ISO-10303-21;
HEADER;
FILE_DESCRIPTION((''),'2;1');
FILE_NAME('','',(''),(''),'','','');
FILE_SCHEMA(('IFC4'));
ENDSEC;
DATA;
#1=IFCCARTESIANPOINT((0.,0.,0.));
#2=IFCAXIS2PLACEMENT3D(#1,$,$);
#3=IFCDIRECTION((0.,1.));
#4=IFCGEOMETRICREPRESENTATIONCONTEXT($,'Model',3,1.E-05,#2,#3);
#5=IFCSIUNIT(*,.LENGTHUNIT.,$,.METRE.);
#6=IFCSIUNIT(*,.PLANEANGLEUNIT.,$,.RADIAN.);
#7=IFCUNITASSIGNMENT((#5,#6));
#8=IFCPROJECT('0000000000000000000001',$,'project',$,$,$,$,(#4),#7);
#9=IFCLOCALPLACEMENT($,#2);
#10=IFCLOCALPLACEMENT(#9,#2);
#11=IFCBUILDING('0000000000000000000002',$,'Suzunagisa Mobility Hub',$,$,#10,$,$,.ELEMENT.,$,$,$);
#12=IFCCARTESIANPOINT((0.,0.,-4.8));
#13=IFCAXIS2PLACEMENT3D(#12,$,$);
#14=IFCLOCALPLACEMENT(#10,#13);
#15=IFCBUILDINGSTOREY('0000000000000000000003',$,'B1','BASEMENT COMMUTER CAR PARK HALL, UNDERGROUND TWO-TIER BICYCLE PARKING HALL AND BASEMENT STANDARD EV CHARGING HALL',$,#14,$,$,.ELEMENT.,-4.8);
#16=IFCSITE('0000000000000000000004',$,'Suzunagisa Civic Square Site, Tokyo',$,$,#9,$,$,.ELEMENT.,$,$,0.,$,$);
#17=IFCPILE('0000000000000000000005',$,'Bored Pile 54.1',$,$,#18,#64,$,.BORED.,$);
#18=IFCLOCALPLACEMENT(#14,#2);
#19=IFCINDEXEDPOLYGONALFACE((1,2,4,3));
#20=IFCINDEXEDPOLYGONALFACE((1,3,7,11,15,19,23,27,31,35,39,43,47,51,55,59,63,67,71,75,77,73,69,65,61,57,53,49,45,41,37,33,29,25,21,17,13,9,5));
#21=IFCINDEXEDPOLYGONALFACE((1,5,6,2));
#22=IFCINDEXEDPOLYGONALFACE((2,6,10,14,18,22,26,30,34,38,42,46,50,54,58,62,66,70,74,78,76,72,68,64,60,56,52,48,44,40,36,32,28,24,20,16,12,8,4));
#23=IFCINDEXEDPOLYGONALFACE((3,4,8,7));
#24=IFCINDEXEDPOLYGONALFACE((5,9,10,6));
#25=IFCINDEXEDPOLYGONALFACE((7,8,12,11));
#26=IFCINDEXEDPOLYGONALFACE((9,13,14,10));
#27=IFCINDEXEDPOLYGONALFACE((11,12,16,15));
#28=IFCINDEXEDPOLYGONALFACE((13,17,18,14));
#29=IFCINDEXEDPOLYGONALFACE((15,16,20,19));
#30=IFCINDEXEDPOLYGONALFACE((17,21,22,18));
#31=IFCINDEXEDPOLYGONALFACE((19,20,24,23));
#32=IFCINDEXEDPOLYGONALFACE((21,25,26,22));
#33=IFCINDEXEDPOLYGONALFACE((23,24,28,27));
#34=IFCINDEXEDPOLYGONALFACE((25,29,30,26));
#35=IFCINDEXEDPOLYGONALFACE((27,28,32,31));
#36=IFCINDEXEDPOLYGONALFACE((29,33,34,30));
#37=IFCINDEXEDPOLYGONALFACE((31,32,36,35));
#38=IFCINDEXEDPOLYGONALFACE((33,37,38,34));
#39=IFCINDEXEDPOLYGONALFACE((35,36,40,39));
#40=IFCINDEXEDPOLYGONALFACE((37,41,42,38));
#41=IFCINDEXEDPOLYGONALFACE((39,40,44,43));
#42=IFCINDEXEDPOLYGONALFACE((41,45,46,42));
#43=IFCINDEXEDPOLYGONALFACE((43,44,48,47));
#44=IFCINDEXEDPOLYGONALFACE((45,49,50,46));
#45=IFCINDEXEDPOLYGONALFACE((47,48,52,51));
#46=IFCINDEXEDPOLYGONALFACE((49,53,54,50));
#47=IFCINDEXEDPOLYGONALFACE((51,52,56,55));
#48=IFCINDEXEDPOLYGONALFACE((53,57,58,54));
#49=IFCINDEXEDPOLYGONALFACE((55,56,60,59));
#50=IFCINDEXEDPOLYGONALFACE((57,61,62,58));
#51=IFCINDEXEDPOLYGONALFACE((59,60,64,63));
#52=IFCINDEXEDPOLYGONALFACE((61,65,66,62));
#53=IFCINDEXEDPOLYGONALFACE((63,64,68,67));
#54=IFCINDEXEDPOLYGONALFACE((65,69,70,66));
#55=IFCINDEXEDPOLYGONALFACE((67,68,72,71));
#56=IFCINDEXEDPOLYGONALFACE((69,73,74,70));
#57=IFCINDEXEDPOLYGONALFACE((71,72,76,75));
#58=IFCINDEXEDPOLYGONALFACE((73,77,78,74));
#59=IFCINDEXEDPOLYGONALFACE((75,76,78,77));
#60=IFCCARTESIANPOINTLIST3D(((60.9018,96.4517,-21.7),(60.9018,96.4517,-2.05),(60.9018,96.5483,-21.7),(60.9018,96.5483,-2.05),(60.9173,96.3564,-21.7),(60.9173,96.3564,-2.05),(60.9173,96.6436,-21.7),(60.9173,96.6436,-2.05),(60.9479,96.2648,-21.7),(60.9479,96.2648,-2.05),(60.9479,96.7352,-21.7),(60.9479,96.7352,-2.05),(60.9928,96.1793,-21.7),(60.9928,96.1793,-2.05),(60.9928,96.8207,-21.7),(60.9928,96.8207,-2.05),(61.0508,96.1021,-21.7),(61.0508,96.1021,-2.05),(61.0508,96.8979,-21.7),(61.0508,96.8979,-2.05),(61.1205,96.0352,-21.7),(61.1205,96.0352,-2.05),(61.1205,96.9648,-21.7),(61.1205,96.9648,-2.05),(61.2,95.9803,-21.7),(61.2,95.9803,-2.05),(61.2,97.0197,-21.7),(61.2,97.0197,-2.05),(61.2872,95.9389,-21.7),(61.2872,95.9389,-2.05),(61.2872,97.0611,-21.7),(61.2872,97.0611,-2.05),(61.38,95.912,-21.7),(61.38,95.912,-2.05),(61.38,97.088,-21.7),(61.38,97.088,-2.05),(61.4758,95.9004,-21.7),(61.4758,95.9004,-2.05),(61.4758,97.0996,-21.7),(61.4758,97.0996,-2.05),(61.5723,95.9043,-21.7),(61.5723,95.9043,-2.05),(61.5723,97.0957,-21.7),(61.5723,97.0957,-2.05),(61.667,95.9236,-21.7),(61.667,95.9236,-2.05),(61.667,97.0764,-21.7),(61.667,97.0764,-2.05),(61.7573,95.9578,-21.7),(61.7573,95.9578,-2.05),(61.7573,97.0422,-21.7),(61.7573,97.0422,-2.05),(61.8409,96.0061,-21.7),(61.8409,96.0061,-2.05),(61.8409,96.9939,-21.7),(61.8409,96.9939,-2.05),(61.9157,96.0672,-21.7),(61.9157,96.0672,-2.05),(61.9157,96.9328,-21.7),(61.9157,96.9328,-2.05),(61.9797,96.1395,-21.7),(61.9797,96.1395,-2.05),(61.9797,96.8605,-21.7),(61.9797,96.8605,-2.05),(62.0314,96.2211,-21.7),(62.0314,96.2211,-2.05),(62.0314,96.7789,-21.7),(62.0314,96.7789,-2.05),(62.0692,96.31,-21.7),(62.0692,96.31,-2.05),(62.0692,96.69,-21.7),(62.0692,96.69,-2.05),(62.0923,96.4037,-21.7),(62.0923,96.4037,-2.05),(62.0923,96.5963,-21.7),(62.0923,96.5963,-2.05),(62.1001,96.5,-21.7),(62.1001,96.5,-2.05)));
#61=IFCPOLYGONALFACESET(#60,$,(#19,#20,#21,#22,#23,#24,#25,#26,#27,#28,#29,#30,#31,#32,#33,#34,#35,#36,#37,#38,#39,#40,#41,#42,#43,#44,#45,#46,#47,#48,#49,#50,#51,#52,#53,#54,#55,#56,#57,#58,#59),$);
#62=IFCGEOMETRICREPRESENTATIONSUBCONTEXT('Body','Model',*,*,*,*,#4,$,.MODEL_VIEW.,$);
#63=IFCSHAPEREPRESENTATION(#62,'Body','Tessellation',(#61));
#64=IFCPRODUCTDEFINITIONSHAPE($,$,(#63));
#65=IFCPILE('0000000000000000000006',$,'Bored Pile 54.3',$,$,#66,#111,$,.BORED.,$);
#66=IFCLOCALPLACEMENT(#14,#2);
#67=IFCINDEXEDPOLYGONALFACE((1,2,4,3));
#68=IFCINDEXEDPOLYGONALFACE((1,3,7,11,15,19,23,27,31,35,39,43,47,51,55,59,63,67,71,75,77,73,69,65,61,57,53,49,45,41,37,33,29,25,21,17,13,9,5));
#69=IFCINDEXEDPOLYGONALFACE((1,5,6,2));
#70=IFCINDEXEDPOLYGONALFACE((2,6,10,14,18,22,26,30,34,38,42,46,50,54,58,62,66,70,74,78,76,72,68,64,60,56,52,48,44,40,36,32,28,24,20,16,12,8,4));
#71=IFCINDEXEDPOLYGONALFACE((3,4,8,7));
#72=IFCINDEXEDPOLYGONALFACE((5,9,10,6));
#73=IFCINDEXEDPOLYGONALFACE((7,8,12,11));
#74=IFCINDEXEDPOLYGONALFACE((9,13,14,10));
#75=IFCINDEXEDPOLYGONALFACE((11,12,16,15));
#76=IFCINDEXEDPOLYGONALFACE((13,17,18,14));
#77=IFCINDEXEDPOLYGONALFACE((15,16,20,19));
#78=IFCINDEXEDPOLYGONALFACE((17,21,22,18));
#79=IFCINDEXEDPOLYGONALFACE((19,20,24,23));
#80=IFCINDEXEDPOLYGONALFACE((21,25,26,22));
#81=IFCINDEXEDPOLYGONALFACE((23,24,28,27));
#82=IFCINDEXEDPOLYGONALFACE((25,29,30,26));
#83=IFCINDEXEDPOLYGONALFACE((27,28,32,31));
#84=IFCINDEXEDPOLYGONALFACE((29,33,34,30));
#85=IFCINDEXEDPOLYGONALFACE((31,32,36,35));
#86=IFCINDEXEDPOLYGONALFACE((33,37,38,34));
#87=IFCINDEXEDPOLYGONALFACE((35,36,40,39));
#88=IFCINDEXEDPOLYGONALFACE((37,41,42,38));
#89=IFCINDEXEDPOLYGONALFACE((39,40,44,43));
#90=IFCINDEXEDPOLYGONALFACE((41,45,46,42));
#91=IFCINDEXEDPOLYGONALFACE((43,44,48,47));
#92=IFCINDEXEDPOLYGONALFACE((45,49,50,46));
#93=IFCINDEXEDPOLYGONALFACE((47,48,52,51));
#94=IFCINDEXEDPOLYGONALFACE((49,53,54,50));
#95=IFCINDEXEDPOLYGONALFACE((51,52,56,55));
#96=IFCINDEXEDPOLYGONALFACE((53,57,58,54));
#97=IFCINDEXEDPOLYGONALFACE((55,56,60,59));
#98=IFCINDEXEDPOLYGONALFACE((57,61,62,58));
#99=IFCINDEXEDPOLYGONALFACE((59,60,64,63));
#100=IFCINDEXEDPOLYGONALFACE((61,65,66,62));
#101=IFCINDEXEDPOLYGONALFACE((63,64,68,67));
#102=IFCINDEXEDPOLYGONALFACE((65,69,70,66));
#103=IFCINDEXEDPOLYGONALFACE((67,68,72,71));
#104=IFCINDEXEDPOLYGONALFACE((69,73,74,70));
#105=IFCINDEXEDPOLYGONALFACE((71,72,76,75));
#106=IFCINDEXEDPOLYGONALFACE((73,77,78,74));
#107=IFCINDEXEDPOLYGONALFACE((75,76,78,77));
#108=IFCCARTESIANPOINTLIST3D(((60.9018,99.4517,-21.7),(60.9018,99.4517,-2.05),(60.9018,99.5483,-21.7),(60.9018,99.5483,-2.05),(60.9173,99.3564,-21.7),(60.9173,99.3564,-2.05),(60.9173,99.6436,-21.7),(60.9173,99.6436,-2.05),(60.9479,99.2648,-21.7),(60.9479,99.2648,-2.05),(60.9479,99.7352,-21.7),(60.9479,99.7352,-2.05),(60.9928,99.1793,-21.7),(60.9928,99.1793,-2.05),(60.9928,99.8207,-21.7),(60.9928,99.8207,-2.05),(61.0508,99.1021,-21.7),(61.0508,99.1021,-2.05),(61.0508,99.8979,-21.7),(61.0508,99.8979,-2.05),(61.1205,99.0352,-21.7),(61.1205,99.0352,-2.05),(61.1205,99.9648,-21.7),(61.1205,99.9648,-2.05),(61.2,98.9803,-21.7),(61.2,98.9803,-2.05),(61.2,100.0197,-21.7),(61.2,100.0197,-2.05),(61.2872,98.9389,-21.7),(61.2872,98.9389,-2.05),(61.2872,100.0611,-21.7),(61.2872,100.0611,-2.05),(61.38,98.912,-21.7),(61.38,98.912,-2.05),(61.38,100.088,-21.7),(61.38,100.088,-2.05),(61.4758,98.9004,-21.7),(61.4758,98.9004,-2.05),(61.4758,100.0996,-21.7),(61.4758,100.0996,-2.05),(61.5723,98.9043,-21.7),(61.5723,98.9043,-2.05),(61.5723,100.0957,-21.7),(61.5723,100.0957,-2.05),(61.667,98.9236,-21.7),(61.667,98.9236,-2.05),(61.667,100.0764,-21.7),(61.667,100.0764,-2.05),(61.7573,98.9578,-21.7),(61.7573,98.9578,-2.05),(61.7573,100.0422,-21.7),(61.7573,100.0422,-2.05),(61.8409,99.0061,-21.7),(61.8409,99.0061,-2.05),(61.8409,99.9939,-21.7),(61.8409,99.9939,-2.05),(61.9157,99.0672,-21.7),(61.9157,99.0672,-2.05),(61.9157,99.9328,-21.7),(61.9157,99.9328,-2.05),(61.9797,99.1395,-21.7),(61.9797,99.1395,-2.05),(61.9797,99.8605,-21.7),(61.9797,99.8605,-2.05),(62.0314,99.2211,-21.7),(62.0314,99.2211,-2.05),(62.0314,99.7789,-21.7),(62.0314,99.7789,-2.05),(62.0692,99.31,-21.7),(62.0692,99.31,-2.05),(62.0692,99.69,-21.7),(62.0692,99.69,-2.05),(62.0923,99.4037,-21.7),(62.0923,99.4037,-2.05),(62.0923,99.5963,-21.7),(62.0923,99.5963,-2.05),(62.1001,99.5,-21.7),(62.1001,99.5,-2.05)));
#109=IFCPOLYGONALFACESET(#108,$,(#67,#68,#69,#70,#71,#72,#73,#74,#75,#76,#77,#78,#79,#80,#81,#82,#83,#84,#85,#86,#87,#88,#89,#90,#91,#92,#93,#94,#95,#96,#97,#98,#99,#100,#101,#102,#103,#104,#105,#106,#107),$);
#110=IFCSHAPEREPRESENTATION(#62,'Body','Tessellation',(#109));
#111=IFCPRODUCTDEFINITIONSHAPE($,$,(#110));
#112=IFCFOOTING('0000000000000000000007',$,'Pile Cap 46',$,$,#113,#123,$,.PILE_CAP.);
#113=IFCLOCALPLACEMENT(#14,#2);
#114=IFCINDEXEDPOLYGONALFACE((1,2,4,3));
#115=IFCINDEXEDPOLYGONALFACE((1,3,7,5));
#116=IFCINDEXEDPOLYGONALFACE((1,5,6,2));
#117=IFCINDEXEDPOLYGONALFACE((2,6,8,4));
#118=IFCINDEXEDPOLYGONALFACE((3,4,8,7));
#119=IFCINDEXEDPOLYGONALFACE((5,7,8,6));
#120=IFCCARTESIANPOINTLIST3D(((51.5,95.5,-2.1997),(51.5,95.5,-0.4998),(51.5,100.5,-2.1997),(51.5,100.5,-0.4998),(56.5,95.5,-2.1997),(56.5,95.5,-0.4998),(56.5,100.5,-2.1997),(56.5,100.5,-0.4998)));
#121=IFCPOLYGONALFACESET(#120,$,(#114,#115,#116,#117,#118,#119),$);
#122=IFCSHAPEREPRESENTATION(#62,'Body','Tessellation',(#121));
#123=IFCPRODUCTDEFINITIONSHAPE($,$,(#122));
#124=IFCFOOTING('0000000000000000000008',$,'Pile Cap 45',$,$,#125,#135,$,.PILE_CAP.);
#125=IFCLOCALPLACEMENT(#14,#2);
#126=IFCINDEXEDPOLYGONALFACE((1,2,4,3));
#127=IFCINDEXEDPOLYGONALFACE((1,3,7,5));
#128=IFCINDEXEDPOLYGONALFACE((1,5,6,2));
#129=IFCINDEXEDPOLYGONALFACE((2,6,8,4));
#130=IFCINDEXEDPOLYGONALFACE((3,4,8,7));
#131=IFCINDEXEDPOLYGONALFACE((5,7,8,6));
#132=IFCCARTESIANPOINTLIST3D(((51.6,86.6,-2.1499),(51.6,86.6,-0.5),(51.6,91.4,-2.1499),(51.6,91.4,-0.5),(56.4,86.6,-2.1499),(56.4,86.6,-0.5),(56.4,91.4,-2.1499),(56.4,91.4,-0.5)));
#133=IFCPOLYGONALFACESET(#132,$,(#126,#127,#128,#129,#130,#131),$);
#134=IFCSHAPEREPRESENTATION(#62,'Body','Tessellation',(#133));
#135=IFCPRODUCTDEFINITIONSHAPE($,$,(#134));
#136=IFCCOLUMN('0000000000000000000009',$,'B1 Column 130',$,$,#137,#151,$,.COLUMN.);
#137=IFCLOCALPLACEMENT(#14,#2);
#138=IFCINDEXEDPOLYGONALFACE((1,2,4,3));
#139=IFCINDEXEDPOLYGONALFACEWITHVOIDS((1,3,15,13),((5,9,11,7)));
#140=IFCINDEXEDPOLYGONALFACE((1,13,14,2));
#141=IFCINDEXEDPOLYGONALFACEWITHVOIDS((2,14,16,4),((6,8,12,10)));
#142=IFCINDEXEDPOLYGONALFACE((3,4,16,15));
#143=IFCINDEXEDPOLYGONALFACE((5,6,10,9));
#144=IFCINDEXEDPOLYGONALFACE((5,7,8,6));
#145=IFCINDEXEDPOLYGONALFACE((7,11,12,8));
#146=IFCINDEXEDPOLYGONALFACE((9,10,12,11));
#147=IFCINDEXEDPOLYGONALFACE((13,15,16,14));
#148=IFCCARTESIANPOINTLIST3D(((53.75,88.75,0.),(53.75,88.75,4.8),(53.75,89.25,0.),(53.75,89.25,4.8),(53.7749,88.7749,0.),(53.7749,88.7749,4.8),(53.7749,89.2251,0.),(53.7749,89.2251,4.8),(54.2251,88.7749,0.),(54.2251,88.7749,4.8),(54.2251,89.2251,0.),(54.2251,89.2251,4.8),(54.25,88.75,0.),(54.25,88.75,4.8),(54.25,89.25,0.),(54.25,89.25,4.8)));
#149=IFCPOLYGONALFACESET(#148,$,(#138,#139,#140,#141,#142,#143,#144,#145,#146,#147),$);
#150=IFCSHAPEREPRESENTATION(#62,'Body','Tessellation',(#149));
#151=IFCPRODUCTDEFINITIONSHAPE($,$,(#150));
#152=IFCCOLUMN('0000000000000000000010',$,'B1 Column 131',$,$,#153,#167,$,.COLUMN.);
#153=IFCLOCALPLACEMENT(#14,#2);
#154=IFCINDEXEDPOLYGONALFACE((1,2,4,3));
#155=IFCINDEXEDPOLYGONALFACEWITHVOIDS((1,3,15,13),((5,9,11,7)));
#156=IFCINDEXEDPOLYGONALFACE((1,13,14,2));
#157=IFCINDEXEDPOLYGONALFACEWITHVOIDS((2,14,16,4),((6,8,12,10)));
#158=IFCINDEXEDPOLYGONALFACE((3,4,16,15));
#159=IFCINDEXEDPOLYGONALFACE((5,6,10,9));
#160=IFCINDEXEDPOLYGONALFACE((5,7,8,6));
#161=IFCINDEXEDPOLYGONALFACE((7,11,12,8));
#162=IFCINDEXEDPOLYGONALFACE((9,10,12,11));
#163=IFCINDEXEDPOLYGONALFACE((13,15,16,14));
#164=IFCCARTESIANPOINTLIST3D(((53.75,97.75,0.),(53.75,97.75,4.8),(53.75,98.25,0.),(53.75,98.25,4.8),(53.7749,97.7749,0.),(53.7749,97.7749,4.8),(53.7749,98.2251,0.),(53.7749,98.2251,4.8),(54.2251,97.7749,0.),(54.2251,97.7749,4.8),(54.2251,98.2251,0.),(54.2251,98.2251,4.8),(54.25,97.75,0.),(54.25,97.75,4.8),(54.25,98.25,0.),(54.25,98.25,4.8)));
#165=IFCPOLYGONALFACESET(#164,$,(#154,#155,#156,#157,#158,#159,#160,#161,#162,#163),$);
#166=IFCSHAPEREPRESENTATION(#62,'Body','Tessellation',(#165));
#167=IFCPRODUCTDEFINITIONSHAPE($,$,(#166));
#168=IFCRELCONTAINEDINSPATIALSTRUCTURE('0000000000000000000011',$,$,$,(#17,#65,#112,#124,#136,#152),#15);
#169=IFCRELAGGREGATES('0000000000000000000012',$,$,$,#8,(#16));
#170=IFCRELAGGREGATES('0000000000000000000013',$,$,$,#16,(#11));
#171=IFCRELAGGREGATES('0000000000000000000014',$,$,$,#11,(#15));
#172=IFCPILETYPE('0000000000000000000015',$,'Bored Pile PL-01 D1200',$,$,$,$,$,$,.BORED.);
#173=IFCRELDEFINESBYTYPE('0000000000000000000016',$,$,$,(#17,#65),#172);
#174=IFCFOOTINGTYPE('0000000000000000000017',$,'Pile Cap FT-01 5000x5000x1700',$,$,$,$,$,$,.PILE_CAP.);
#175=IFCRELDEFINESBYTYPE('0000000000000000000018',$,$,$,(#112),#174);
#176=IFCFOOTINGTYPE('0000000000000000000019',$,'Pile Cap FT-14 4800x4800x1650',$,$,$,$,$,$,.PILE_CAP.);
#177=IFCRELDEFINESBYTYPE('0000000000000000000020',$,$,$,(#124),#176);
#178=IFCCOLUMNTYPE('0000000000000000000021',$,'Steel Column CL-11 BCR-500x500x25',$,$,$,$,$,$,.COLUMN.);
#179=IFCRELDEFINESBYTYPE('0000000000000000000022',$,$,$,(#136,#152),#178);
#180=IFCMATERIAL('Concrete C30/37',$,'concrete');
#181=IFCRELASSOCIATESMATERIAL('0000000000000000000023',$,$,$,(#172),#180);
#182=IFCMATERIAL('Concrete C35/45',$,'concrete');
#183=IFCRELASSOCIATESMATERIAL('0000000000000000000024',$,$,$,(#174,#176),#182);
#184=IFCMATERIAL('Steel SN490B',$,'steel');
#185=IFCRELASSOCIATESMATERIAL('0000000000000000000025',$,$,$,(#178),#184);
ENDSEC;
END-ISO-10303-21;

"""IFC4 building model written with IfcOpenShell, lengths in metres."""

from ifc_helpers import new_model, si_unit, direction, frame, origin, origin_2d, place, context, subcontext, project, spatial, rectangle, hollow_rectangle, circle, extrude, material, material_profile, profile_set, type_object, element, save


model = new_model("IFC4")

# Units and contexts
model_context = context("Model", 3, precision=1e-05, world=origin(), true_north=direction((0.0, 1.0)))
body_context = subcontext(model_context, "Body", "Model", "MODEL_VIEW")
ifc_project = project(units=[si_unit("LENGTHUNIT", "METRE"), si_unit("PLANEANGLEUNIT", "RADIAN")], contexts=[model_context])

# Site, building, storey
site_placement = place(None, origin())
site = spatial("IfcSite", under=ifc_project, at=site_placement, Name="Suzunagisa Civic Square Site, Tokyo", CompositionType="ELEMENT", RefElevation=0.0)
building_placement = place(site_placement, origin())
building = spatial("IfcBuilding", under=site, at=building_placement, Name="Suzunagisa Mobility Hub", CompositionType="ELEMENT")
storey_placement = place(building_placement, frame((0.0, 0.0, -4.8)))
storey = spatial("IfcBuildingStorey", under=building, at=storey_placement, Name="B1", Description="BASEMENT COMMUTER CAR PARK HALL, UNDERGROUND TWO-TIER BICYCLE PARKING HALL AND BASEMENT STANDARD EV CHARGING HALL", CompositionType="ELEMENT", Elevation=-4.8)

# Piles
ifc_material_1 = material(Name="Concrete C30/37", Category="concrete")
ifc_material_profile_1 = material_profile(ifc_material_1, circle(Radius=0.6001, at=origin_2d()), Name="BORED PILE D1200")
ifc_profile_set_1 = profile_set([ifc_material_profile_1], Name="Concrete C30/37")
pile_type = type_object("IfcPileType", Name="Bored Pile PL-01 D1200", PredefinedType="BORED", material=ifc_profile_set_1)
for number, where, z_axis, x_axis, name in (
    (1, (61.5, 96.5, -2.05), (0.0, 0.0, -1.0), (1.0, 0.0, 0.0), "Bored Pile 54.1"),
    (2, (61.5, 99.5, -2.05), (0.0, 0.0, -1.0), (1.0, 0.0, 0.0), "Bored Pile 54.3"),
):
    element("IfcPile", number, at=place(storey_placement, frame(where, z_axis=z_axis, x_axis=x_axis)), inside=storey, type_object=pile_type, Name=name, PredefinedType="BORED", context=body_context, shape_type="SweptSolid", body=[
        extrude(circle(Radius=0.6001, at=origin_2d()), origin(), (0.0, 0.0, 1.0), 19.6499),
    ])

# Footings
ifc_material_2 = material(Name="Concrete C35/45", Category="concrete")
footing_type_1 = type_object("IfcFootingType", Name="Pile Cap FT-01 5000x5000x1700", PredefinedType="PILE_CAP", material=ifc_material_2)
footing_1_placement = place(storey_placement, frame((54.0, 98.0, -2.1997), z_axis=(0.0, 0.0, 1.0), x_axis=(1.0, 0.0, 0.0)))
element("IfcFooting", 3, at=footing_1_placement, inside=storey, type_object=footing_type_1, Name="Pile Cap 46", PredefinedType="PILE_CAP", context=body_context, shape_type="SweptSolid", body=[
    extrude(rectangle(XDim=5.0, YDim=5.0, at=origin_2d()), origin(), (0.0, 0.0, 1.0), 1.7),
])
footing_type_2 = type_object("IfcFootingType", Name="Pile Cap FT-14 4800x4800x1650", PredefinedType="PILE_CAP", material=ifc_material_2)
footing_2_placement = place(storey_placement, frame((54.0, 89.0, -2.1499), z_axis=(0.0, 0.0, 1.0), x_axis=(1.0, 0.0, 0.0)))
element("IfcFooting", 4, at=footing_2_placement, inside=storey, type_object=footing_type_2, Name="Pile Cap 45", PredefinedType="PILE_CAP", context=body_context, shape_type="SweptSolid", body=[
    extrude(rectangle(XDim=4.8, YDim=4.8, at=origin_2d()), origin(), (0.0, 0.0, 1.0), 1.6499),
])

# Columns
ifc_material_3 = material(Name="Steel SN490B", Category="steel")
ifc_material_profile_2 = material_profile(ifc_material_3, hollow_rectangle(XDim=0.5, YDim=0.5, WallThickness=0.0249, at=origin_2d()), Name="BCR-500x500x25")
ifc_profile_set_2 = profile_set([ifc_material_profile_2], Name="Steel SN490B")
column_type = type_object("IfcColumnType", Name="Steel Column CL-11 BCR-500x500x25", PredefinedType="COLUMN", material=ifc_profile_set_2)
for number, where, z_axis, x_axis, name in (
    (5, (54.0, 89.0, 0.0), (0.0, 0.0, 1.0), (1.0, 0.0, 0.0), "B1 Column 130"),
    (6, (54.0, 98.0, 0.0), (0.0, 0.0, 1.0), (1.0, 0.0, 0.0), "B1 Column 131"),
):
    element("IfcColumn", number, at=place(storey_placement, frame(where, z_axis=z_axis, x_axis=x_axis)), inside=storey, type_object=column_type, Name=name, PredefinedType="COLUMN", context=body_context, shape_type="SweptSolid", body=[
        extrude(hollow_rectangle(XDim=0.5, YDim=0.5, WallThickness=0.0249, at=origin_2d()), origin(), (0.0, 0.0, 1.0), 4.8),
    ])

save(model, "model.ifc")
